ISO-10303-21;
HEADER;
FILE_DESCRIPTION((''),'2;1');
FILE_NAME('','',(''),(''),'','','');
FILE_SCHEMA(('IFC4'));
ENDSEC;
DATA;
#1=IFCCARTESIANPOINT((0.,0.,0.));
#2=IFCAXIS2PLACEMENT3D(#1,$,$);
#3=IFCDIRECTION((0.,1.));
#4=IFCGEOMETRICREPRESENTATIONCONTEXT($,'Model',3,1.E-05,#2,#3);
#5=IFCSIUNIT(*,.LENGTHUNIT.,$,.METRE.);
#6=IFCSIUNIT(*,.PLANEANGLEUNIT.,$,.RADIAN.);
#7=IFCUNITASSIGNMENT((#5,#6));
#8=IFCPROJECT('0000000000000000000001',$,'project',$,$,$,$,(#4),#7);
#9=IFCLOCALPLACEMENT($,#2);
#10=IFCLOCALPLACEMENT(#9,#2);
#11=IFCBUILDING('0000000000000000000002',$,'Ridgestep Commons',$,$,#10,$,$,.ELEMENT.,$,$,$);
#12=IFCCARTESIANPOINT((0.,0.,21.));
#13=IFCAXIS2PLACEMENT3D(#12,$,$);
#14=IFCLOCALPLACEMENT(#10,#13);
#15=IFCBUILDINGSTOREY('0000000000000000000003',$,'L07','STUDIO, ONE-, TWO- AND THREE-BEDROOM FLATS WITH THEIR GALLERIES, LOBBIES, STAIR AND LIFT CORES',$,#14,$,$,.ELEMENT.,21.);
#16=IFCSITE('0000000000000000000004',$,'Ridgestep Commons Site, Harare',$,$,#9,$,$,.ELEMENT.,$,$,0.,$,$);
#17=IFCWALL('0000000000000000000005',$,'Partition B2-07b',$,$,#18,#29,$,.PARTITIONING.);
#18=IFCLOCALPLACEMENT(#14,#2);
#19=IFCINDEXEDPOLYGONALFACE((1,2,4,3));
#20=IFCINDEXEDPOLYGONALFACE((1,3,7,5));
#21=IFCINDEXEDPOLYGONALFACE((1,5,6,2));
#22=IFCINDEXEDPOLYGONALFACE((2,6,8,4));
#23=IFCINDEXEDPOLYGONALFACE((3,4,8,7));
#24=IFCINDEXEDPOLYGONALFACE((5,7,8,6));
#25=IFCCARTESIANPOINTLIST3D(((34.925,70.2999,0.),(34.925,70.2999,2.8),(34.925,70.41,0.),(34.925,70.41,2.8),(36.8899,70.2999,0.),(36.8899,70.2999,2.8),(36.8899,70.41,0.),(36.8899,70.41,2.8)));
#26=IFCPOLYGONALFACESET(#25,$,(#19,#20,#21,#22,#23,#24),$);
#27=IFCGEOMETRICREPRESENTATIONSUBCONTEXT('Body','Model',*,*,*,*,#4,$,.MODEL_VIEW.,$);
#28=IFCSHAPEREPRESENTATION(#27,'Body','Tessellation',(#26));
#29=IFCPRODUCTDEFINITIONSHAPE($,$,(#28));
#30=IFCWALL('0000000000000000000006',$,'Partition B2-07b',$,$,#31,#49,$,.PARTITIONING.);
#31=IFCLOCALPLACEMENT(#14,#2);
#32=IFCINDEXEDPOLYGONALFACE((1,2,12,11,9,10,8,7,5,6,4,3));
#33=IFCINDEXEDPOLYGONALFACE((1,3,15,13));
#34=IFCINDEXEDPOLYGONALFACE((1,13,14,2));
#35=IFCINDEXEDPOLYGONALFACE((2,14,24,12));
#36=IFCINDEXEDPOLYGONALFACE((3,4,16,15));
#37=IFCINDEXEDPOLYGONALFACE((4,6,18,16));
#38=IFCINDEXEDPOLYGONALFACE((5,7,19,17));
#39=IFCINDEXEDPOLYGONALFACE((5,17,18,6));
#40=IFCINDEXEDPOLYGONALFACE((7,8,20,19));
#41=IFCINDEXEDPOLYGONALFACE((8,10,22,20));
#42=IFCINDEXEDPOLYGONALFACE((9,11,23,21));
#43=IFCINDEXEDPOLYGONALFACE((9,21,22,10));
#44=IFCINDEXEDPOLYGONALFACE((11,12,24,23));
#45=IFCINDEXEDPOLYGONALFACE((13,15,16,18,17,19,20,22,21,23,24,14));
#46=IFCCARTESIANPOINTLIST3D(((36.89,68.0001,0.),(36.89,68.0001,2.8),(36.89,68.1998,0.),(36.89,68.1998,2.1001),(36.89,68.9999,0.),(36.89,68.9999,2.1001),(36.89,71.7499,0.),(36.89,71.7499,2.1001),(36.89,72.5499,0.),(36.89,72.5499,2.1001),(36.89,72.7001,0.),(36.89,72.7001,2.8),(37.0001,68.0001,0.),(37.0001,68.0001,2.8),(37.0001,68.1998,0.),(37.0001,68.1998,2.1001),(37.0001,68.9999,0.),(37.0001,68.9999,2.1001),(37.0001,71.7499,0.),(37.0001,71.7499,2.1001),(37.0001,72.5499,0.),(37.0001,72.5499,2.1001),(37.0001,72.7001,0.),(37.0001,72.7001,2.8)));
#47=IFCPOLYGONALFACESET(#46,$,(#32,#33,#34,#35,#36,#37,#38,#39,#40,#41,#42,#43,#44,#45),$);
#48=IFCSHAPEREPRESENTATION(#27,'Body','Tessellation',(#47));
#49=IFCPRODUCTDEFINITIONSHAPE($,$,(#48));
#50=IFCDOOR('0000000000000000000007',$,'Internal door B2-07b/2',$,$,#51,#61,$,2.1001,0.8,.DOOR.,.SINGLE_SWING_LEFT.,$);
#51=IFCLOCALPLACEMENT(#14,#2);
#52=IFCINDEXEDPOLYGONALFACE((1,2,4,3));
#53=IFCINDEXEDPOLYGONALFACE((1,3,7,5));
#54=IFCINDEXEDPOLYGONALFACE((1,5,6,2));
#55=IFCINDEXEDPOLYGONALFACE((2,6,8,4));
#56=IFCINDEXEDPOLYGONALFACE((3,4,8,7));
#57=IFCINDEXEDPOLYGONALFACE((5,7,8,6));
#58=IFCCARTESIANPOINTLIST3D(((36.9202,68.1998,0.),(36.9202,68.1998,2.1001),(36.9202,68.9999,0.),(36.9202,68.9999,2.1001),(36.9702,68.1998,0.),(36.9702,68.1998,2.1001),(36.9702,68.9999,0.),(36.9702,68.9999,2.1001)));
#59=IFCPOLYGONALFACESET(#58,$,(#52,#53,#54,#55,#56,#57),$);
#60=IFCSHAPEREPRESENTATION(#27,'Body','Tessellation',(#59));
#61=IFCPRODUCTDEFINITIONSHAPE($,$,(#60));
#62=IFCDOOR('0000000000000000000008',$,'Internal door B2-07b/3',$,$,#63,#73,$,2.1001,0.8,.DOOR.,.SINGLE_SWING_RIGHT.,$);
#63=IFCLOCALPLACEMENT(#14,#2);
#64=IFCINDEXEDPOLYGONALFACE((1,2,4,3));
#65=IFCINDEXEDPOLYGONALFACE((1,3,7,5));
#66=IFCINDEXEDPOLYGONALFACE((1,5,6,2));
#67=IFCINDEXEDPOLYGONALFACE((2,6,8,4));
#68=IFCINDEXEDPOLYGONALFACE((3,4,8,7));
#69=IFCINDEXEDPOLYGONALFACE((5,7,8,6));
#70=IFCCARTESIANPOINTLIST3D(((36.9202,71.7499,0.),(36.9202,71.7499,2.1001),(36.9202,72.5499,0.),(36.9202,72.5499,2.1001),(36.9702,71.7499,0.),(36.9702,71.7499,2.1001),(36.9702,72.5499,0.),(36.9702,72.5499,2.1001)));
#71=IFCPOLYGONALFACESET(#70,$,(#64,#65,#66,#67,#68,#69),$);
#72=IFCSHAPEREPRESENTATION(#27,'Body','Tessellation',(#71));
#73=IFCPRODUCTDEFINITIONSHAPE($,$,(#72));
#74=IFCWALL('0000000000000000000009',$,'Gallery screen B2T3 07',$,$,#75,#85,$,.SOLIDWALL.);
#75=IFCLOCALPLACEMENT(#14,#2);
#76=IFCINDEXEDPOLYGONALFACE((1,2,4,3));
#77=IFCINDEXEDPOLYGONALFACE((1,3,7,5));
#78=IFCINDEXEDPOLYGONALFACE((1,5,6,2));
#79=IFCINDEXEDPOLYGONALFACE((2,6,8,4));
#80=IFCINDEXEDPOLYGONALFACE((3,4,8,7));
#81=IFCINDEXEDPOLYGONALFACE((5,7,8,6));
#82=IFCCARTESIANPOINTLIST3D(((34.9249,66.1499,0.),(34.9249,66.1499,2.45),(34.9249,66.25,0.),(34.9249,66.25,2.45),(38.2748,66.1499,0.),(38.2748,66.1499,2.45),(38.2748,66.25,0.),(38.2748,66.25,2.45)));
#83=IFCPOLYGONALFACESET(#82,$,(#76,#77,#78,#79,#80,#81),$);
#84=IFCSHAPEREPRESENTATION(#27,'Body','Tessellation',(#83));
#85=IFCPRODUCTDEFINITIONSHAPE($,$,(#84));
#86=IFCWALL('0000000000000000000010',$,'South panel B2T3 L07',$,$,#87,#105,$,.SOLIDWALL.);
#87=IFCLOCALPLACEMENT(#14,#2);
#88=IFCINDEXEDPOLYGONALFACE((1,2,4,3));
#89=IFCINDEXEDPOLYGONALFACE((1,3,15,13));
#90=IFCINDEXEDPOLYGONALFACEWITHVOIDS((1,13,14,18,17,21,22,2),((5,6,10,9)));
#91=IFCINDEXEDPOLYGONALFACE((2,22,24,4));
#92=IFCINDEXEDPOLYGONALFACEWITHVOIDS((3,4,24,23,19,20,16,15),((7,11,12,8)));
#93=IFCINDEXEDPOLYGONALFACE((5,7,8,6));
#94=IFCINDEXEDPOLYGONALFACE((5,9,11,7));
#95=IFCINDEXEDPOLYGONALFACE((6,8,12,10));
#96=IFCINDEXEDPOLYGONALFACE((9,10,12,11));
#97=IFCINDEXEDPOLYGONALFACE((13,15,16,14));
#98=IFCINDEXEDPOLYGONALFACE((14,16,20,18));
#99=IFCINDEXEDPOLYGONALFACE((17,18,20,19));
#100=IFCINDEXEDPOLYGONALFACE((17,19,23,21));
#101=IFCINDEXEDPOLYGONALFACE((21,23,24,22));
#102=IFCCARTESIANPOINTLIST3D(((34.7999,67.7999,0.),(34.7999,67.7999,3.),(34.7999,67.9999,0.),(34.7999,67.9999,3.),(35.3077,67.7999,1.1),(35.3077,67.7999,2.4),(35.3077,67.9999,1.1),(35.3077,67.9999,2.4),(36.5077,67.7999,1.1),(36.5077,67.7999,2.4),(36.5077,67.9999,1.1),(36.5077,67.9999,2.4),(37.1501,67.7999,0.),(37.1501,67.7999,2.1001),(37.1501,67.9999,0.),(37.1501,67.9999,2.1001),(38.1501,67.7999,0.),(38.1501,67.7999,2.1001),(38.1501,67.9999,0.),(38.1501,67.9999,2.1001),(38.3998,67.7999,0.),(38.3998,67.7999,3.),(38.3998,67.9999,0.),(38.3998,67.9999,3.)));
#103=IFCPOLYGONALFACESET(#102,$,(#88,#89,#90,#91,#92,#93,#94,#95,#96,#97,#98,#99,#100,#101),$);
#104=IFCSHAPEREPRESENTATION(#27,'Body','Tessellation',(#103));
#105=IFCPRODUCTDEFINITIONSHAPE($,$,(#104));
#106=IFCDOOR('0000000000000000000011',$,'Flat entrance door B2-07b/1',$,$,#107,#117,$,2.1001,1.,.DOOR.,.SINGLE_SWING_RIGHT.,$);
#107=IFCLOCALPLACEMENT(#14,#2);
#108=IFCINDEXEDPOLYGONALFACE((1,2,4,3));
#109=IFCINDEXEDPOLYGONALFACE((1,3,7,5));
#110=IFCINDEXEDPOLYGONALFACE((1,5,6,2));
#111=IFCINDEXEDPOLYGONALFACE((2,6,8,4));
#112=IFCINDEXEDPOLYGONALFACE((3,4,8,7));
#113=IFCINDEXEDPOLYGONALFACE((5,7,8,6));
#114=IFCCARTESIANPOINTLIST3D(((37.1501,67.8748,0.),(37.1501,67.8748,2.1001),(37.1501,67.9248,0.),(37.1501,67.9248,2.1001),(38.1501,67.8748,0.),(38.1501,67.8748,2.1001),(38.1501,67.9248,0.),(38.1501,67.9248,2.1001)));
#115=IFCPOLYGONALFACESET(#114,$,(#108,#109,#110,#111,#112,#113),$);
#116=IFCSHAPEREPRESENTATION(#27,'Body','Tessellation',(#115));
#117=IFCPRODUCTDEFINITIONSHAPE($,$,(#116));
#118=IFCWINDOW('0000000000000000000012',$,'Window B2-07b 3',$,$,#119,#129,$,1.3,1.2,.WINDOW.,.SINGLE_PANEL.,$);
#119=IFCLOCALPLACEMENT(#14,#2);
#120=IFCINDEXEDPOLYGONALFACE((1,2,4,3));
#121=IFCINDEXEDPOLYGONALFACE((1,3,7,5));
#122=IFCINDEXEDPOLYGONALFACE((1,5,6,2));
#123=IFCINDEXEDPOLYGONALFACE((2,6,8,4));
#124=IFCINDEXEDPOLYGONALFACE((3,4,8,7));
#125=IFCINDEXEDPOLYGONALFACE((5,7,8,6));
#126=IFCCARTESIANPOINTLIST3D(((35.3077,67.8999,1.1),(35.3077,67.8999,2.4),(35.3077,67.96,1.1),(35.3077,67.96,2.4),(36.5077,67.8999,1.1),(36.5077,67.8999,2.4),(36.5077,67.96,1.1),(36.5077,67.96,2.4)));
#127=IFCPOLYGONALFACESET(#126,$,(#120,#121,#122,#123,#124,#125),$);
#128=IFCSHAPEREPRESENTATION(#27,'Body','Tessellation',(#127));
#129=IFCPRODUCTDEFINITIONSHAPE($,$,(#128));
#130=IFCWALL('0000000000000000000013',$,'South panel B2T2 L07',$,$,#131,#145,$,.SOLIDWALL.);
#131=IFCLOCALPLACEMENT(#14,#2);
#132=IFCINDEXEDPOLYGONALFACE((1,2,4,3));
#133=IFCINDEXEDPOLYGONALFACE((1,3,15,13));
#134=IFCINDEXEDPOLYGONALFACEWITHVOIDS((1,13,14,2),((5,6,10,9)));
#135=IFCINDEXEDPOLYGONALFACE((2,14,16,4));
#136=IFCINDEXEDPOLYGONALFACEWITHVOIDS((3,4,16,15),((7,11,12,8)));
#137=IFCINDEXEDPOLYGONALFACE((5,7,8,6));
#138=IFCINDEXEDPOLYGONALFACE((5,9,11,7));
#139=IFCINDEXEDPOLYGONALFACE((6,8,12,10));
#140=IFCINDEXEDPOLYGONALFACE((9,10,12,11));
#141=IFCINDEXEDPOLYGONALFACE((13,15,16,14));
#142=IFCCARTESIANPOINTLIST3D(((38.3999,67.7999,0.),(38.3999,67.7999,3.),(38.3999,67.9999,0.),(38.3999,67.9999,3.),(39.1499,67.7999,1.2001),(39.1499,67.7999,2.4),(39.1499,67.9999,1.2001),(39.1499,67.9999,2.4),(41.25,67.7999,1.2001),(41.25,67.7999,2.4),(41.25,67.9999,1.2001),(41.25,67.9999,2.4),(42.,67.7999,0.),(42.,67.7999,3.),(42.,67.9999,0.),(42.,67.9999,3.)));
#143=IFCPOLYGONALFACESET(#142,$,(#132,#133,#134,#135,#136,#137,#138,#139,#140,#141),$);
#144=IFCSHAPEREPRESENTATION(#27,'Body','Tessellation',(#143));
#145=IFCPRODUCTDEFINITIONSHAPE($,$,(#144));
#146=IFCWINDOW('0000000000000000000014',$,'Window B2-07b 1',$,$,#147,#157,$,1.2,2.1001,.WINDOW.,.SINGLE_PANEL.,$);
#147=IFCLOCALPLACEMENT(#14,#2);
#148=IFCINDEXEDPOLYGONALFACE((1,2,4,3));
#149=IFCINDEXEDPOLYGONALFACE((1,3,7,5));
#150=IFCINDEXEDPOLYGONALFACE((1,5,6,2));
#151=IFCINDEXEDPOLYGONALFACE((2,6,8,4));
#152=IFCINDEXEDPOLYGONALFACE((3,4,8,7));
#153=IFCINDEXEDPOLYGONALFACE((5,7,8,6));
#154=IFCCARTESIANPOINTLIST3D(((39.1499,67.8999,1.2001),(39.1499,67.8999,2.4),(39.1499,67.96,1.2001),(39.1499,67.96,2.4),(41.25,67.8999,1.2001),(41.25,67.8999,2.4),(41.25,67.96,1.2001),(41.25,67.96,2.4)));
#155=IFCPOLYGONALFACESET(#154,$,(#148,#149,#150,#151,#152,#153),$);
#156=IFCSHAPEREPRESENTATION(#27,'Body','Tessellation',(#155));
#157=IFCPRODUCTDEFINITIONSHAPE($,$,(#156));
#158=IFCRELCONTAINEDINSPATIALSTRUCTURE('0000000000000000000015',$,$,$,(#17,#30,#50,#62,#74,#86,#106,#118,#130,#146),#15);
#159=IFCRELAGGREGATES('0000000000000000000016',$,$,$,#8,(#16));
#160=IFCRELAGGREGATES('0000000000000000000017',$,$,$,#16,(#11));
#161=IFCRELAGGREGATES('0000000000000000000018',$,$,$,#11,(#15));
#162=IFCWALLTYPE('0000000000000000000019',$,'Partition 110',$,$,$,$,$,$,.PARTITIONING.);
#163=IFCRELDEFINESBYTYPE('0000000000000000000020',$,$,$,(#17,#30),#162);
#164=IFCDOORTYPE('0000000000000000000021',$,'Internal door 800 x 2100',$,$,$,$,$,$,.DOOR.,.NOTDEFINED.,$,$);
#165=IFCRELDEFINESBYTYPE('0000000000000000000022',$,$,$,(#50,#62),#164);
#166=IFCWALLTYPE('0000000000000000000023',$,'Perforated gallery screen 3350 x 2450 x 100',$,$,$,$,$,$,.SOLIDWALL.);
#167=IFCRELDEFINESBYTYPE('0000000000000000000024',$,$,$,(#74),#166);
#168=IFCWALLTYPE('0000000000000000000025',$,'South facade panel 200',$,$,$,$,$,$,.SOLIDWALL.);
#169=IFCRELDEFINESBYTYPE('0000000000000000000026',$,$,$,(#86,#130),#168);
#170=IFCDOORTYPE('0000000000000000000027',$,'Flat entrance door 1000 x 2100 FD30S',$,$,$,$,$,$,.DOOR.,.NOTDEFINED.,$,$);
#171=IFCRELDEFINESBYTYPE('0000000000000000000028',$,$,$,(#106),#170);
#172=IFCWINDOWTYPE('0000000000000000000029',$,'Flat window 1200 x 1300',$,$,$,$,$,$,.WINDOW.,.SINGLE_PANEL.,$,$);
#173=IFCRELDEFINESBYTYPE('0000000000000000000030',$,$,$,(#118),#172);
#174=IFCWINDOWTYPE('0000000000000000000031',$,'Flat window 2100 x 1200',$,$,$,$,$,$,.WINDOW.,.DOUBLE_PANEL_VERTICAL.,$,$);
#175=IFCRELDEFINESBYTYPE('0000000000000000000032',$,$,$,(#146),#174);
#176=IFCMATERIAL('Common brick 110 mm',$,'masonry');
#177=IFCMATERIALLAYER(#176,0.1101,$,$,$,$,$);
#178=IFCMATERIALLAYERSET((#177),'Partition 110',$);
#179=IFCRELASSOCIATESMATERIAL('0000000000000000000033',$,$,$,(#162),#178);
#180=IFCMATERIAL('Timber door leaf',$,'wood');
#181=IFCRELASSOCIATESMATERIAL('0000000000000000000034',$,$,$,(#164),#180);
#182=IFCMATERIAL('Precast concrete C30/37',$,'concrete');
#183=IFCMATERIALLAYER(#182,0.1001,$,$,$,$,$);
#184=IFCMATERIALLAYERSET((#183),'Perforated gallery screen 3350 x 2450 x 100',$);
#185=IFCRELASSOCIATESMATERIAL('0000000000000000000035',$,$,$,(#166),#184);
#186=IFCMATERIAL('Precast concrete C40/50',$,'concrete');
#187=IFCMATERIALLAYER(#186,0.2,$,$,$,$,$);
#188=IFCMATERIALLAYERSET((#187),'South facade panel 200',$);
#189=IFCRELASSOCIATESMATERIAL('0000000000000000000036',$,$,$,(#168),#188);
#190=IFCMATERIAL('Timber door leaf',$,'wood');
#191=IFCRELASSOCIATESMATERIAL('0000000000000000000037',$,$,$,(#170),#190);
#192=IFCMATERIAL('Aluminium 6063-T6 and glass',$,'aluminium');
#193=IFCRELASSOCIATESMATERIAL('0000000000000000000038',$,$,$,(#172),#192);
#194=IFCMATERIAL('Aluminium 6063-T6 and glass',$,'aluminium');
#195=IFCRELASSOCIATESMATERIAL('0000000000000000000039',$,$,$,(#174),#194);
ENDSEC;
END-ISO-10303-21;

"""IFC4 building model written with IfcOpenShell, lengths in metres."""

from ifc_helpers import new_model, si_unit, direction, frame, frame_2d, origin, place, context, subcontext, project, spatial, rectangle, extrude, material, layer, layer_set, type_object, element, fill, save


model = new_model("IFC4")

# Units and contexts
model_context = context("Model", 3, precision=1e-05, world=origin(), true_north=direction((0.0, 1.0)))
body_context = subcontext(model_context, "Body", "Model", "MODEL_VIEW")
ifc_project = project(units=[si_unit("LENGTHUNIT", "METRE"), si_unit("PLANEANGLEUNIT", "RADIAN")], contexts=[model_context])

# Site, building, storey
site_placement = place(None, origin())
site = spatial("IfcSite", under=ifc_project, at=site_placement, Name="Ridgestep Commons Site, Harare", CompositionType="ELEMENT", RefElevation=0.0)
building_placement = place(site_placement, origin())
building = spatial("IfcBuilding", under=site, at=building_placement, Name="Ridgestep Commons", CompositionType="ELEMENT")
storey_placement = place(building_placement, frame((0.0, 0.0, 21.0)))
storey = spatial("IfcBuildingStorey", under=building, at=storey_placement, Name="L07", Description="STUDIO, ONE-, TWO- AND THREE-BEDROOM FLATS WITH THEIR GALLERIES, LOBBIES, STAIR AND LIFT CORES", CompositionType="ELEMENT", Elevation=21.0)

# Wall
ifc_material_1 = material(Name="Common brick 110 mm", Category="masonry")
ifc_layer_1 = layer(ifc_material_1, 0.1101)
ifc_layer_set_1 = layer_set([ifc_layer_1], Name="Partition 110")
wall_type_1 = type_object("IfcWallType", Name="Partition 110", PredefinedType="PARTITIONING", material=ifc_layer_set_1)
wall_1_placement = place(storey_placement, frame((34.925, 70.355, 0.0), z_axis=(0.0, 0.0, 1.0), x_axis=(1.0, 0.0, 0.0)))
element("IfcWall", 1, at=wall_1_placement, inside=storey, type_object=wall_type_1, Name="Partition B2-07b", PredefinedType="PARTITIONING", context=body_context, shape_type="SweptSolid", body=[
    extrude(rectangle(XDim=1.9648, YDim=0.1101, at=frame_2d((0.9824, 0.0))), origin(), (0.0, 0.0, 1.0), 2.8),
])

# Wall, openings, doors
wall_2_placement = place(storey_placement, frame((36.9451, 68.0, 0.0), z_axis=(0.0, 0.0, 1.0), x_axis=(0.0, 1.0, 0.0)))
wall_2 = element("IfcWall", 2, at=wall_2_placement, inside=storey, type_object=wall_type_1, Name="Partition B2-07b", PredefinedType="PARTITIONING", context=body_context, shape_type="SweptSolid", body=[
    extrude(rectangle(XDim=4.7, YDim=0.1101, at=frame_2d((2.3501, 0.0))), origin(), (0.0, 0.0, 1.0), 2.8),
])
opening_1_placement = place(wall_2_placement, frame((0.2, 0.0, 0.0)))
opening_1 = element("IfcOpeningElement", 3, at=opening_1_placement, cuts=wall_2, PredefinedType="OPENING", context=body_context, shape_type="SweptSolid", body=[
    extrude(rectangle(XDim=0.8, YDim=2.1001, at=frame_2d((0.3999, 1.05))), frame((0.0, 0.0649, 0.0), z_axis=(0.0, -1.0, 0.0), x_axis=(1.0, 0.0, 0.0)), (0.0, 0.0, 1.0), 0.1301),
])
opening_2_placement = place(wall_2_placement, frame((3.75, 0.0, 0.0)))
opening_2 = element("IfcOpeningElement", 4, at=opening_2_placement, cuts=wall_2, PredefinedType="OPENING", context=body_context, shape_type="SweptSolid", body=[
    extrude(rectangle(XDim=0.8, YDim=2.1001, at=frame_2d((0.3999, 1.05))), frame((0.0, 0.0649, 0.0), z_axis=(0.0, -1.0, 0.0), x_axis=(1.0, 0.0, 0.0)), (0.0, 0.0, 1.0), 0.1301),
])
ifc_material_2 = material(Name="Timber door leaf", Category="wood")
door_type_1 = type_object("IfcDoorType", Name="Internal door 800 x 2100", OperationType="NOTDEFINED", PredefinedType="DOOR", material=ifc_material_2)
door_1_placement = place(opening_1_placement, origin())
door_1 = element("IfcDoor", 5, at=door_1_placement, inside=storey, type_object=door_type_1, Name="Internal door B2-07b/2", OperationType="SINGLE_SWING_LEFT", OverallHeight=2.1001, OverallWidth=0.8, PredefinedType="DOOR", context=body_context, shape_type="SweptSolid", body=[
    extrude(rectangle(XDim=0.8, YDim=2.1001, at=frame_2d((0.3999, 1.05))), frame((0.0, 0.0249, 0.0), z_axis=(0.0, -1.0, 0.0), x_axis=(1.0, 0.0, 0.0)), (0.0, 0.0, 1.0), 0.05),
])
fill(opening_1, door_1)
door_2_placement = place(opening_2_placement, origin())
door_2 = element("IfcDoor", 6, at=door_2_placement, inside=storey, type_object=door_type_1, Name="Internal door B2-07b/3", OperationType="SINGLE_SWING_RIGHT", OverallHeight=2.1001, OverallWidth=0.8, PredefinedType="DOOR", context=body_context, shape_type="SweptSolid", body=[
    extrude(rectangle(XDim=0.8, YDim=2.1001, at=frame_2d((0.3999, 1.05))), frame((0.0, 0.0249, 0.0), z_axis=(0.0, -1.0, 0.0), x_axis=(1.0, 0.0, 0.0)), (0.0, 0.0, 1.0), 0.05),
])
fill(opening_2, door_2)

# Wall
ifc_material_3 = material(Name="Precast concrete C30/37", Category="concrete")
ifc_layer_2 = layer(ifc_material_3, 0.1001)
ifc_layer_set_2 = layer_set([ifc_layer_2], Name="Perforated gallery screen 3350 x 2450 x 100")
wall_type_2 = type_object("IfcWallType", Name="Perforated gallery screen 3350 x 2450 x 100", PredefinedType="SOLIDWALL", material=ifc_layer_set_2)
wall_3_placement = place(storey_placement, frame((34.925, 66.2, 0.0), z_axis=(0.0, 0.0, 1.0), x_axis=(1.0, 0.0, 0.0)))
element("IfcWall", 7, at=wall_3_placement, inside=storey, type_object=wall_type_2, Name="Gallery screen B2T3 07", PredefinedType="SOLIDWALL", context=body_context, shape_type="SweptSolid", body=[
    extrude(rectangle(XDim=3.3499, YDim=0.1001, at=frame_2d((1.6748, 0.0))), origin(), (0.0, 0.0, 1.0), 2.45),
])

# Wall, openings, door, window
ifc_material_4 = material(Name="Precast concrete C40/50", Category="concrete")
ifc_layer_3 = layer(ifc_material_4, 0.2)
ifc_layer_set_3 = layer_set([ifc_layer_3], Name="South facade panel 200")
wall_type_3 = type_object("IfcWallType", Name="South facade panel 200", PredefinedType="SOLIDWALL", material=ifc_layer_set_3)
wall_4_placement = place(storey_placement, frame((34.8, 67.8999, 0.0), z_axis=(0.0, 0.0, 1.0), x_axis=(1.0, 0.0, 0.0)))
wall_4 = element("IfcWall", 8, at=wall_4_placement, inside=storey, type_object=wall_type_3, Name="South panel B2T3 L07", PredefinedType="SOLIDWALL", context=body_context, shape_type="SweptSolid", body=[
    extrude(rectangle(XDim=3.5999, YDim=0.2, at=frame_2d((1.7998, 0.0))), origin(), (0.0, 0.0, 1.0), 3.0),
])
opening_3_placement = place(wall_4_placement, frame((0.5076, 0.0, 1.1001)))
opening_3 = element("IfcOpeningElement", 9, at=opening_3_placement, cuts=wall_4, PredefinedType="OPENING", context=body_context, shape_type="SweptSolid", body=[
    extrude(rectangle(XDim=1.2, YDim=1.3, at=frame_2d((0.6001, 0.6499))), frame((0.0, 0.1099, 0.0), z_axis=(0.0, -1.0, 0.0), x_axis=(1.0, 0.0, 0.0)), (0.0, 0.0, 1.0), 0.22),
])
opening_4_placement = place(wall_4_placement, frame((2.3501, 0.0, 0.0)))
opening_4 = element("IfcOpeningElement", 10, at=opening_4_placement, cuts=wall_4, PredefinedType="OPENING", context=body_context, shape_type="SweptSolid", body=[
    extrude(rectangle(XDim=1.0, YDim=2.1001, at=frame_2d((0.5, 1.05))), frame((0.0, 0.1099, 0.0), z_axis=(0.0, -1.0, 0.0), x_axis=(1.0, 0.0, 0.0)), (0.0, 0.0, 1.0), 0.22),
])
ifc_material_5 = material(Name="Timber door leaf", Category="wood")
door_type_2 = type_object("IfcDoorType", Name="Flat entrance door 1000 x 2100 FD30S", OperationType="NOTDEFINED", PredefinedType="DOOR", material=ifc_material_5)
door_3_placement = place(opening_4_placement, origin())
door_3 = element("IfcDoor", 11, at=door_3_placement, inside=storey, type_object=door_type_2, Name="Flat entrance door B2-07b/1", OperationType="SINGLE_SWING_RIGHT", OverallHeight=2.1001, OverallWidth=1.0, PredefinedType="DOOR", context=body_context, shape_type="SweptSolid", body=[
    extrude(rectangle(XDim=1.0, YDim=2.1001, at=frame_2d((0.5, 1.05))), frame((0.0, 0.0249, 0.0), z_axis=(0.0, -1.0, 0.0), x_axis=(1.0, 0.0, 0.0)), (0.0, 0.0, 1.0), 0.05),
])
fill(opening_4, door_3)
ifc_material_6 = material(Name="Aluminium 6063-T6 and glass", Category="aluminium")
window_type_1 = type_object("IfcWindowType", Name="Flat window 1200 x 1300", PartitioningType="SINGLE_PANEL", PredefinedType="WINDOW", material=ifc_material_6)
window_1_placement = place(opening_3_placement, origin())
window_1 = element("IfcWindow", 12, at=window_1_placement, inside=storey, type_object=window_type_1, Name="Window B2-07b 3", OverallHeight=1.3, OverallWidth=1.2, PartitioningType="SINGLE_PANEL", PredefinedType="WINDOW", context=body_context, shape_type="SweptSolid", body=[
    extrude(rectangle(XDim=1.2, YDim=1.3, at=frame_2d((0.6001, 0.6499))), frame((0.0, 0.0601, 0.0), z_axis=(0.0, -1.0, 0.0), x_axis=(1.0, 0.0, 0.0)), (0.0, 0.0, 1.0), 0.0601),
])
fill(opening_3, window_1)

# Wall, opening, window
wall_5_placement = place(storey_placement, frame((38.3999, 67.8999, 0.0), z_axis=(0.0, 0.0, 1.0), x_axis=(1.0, 0.0, 0.0)))
wall_5 = element("IfcWall", 13, at=wall_5_placement, inside=storey, type_object=wall_type_3, Name="South panel B2T2 L07", PredefinedType="SOLIDWALL", context=body_context, shape_type="SweptSolid", body=[
    extrude(rectangle(XDim=3.6001, YDim=0.2, at=frame_2d((1.8, 0.0))), origin(), (0.0, 0.0, 1.0), 3.0),
])
opening_5_placement = place(wall_5_placement, frame((0.75, 0.0, 1.2)))
opening_5 = element("IfcOpeningElement", 14, at=opening_5_placement, cuts=wall_5, PredefinedType="OPENING", context=body_context, shape_type="SweptSolid", body=[
    extrude(rectangle(XDim=2.1001, YDim=1.2, at=frame_2d((1.05, 0.6001))), frame((0.0, 0.1099, 0.0), z_axis=(0.0, -1.0, 0.0), x_axis=(1.0, 0.0, 0.0)), (0.0, 0.0, 1.0), 0.22),
])
ifc_material_7 = material(Name="Aluminium 6063-T6 and glass", Category="aluminium")
window_type_2 = type_object("IfcWindowType", Name="Flat window 2100 x 1200", PartitioningType="DOUBLE_PANEL_VERTICAL", PredefinedType="WINDOW", material=ifc_material_7)
window_2_placement = place(opening_5_placement, origin())
window_2 = element("IfcWindow", 15, at=window_2_placement, inside=storey, type_object=window_type_2, Name="Window B2-07b 1", OverallHeight=1.2, OverallWidth=2.1001, PartitioningType="SINGLE_PANEL", PredefinedType="WINDOW", context=body_context, shape_type="SweptSolid", body=[
    extrude(rectangle(XDim=2.1001, YDim=1.2, at=frame_2d((1.05, 0.6001))), frame((0.0, 0.0601, 0.0), z_axis=(0.0, -1.0, 0.0), x_axis=(1.0, 0.0, 0.0)), (0.0, 0.0, 1.0), 0.0601),
])
fill(opening_5, window_2)

save(model, "model.ifc")
